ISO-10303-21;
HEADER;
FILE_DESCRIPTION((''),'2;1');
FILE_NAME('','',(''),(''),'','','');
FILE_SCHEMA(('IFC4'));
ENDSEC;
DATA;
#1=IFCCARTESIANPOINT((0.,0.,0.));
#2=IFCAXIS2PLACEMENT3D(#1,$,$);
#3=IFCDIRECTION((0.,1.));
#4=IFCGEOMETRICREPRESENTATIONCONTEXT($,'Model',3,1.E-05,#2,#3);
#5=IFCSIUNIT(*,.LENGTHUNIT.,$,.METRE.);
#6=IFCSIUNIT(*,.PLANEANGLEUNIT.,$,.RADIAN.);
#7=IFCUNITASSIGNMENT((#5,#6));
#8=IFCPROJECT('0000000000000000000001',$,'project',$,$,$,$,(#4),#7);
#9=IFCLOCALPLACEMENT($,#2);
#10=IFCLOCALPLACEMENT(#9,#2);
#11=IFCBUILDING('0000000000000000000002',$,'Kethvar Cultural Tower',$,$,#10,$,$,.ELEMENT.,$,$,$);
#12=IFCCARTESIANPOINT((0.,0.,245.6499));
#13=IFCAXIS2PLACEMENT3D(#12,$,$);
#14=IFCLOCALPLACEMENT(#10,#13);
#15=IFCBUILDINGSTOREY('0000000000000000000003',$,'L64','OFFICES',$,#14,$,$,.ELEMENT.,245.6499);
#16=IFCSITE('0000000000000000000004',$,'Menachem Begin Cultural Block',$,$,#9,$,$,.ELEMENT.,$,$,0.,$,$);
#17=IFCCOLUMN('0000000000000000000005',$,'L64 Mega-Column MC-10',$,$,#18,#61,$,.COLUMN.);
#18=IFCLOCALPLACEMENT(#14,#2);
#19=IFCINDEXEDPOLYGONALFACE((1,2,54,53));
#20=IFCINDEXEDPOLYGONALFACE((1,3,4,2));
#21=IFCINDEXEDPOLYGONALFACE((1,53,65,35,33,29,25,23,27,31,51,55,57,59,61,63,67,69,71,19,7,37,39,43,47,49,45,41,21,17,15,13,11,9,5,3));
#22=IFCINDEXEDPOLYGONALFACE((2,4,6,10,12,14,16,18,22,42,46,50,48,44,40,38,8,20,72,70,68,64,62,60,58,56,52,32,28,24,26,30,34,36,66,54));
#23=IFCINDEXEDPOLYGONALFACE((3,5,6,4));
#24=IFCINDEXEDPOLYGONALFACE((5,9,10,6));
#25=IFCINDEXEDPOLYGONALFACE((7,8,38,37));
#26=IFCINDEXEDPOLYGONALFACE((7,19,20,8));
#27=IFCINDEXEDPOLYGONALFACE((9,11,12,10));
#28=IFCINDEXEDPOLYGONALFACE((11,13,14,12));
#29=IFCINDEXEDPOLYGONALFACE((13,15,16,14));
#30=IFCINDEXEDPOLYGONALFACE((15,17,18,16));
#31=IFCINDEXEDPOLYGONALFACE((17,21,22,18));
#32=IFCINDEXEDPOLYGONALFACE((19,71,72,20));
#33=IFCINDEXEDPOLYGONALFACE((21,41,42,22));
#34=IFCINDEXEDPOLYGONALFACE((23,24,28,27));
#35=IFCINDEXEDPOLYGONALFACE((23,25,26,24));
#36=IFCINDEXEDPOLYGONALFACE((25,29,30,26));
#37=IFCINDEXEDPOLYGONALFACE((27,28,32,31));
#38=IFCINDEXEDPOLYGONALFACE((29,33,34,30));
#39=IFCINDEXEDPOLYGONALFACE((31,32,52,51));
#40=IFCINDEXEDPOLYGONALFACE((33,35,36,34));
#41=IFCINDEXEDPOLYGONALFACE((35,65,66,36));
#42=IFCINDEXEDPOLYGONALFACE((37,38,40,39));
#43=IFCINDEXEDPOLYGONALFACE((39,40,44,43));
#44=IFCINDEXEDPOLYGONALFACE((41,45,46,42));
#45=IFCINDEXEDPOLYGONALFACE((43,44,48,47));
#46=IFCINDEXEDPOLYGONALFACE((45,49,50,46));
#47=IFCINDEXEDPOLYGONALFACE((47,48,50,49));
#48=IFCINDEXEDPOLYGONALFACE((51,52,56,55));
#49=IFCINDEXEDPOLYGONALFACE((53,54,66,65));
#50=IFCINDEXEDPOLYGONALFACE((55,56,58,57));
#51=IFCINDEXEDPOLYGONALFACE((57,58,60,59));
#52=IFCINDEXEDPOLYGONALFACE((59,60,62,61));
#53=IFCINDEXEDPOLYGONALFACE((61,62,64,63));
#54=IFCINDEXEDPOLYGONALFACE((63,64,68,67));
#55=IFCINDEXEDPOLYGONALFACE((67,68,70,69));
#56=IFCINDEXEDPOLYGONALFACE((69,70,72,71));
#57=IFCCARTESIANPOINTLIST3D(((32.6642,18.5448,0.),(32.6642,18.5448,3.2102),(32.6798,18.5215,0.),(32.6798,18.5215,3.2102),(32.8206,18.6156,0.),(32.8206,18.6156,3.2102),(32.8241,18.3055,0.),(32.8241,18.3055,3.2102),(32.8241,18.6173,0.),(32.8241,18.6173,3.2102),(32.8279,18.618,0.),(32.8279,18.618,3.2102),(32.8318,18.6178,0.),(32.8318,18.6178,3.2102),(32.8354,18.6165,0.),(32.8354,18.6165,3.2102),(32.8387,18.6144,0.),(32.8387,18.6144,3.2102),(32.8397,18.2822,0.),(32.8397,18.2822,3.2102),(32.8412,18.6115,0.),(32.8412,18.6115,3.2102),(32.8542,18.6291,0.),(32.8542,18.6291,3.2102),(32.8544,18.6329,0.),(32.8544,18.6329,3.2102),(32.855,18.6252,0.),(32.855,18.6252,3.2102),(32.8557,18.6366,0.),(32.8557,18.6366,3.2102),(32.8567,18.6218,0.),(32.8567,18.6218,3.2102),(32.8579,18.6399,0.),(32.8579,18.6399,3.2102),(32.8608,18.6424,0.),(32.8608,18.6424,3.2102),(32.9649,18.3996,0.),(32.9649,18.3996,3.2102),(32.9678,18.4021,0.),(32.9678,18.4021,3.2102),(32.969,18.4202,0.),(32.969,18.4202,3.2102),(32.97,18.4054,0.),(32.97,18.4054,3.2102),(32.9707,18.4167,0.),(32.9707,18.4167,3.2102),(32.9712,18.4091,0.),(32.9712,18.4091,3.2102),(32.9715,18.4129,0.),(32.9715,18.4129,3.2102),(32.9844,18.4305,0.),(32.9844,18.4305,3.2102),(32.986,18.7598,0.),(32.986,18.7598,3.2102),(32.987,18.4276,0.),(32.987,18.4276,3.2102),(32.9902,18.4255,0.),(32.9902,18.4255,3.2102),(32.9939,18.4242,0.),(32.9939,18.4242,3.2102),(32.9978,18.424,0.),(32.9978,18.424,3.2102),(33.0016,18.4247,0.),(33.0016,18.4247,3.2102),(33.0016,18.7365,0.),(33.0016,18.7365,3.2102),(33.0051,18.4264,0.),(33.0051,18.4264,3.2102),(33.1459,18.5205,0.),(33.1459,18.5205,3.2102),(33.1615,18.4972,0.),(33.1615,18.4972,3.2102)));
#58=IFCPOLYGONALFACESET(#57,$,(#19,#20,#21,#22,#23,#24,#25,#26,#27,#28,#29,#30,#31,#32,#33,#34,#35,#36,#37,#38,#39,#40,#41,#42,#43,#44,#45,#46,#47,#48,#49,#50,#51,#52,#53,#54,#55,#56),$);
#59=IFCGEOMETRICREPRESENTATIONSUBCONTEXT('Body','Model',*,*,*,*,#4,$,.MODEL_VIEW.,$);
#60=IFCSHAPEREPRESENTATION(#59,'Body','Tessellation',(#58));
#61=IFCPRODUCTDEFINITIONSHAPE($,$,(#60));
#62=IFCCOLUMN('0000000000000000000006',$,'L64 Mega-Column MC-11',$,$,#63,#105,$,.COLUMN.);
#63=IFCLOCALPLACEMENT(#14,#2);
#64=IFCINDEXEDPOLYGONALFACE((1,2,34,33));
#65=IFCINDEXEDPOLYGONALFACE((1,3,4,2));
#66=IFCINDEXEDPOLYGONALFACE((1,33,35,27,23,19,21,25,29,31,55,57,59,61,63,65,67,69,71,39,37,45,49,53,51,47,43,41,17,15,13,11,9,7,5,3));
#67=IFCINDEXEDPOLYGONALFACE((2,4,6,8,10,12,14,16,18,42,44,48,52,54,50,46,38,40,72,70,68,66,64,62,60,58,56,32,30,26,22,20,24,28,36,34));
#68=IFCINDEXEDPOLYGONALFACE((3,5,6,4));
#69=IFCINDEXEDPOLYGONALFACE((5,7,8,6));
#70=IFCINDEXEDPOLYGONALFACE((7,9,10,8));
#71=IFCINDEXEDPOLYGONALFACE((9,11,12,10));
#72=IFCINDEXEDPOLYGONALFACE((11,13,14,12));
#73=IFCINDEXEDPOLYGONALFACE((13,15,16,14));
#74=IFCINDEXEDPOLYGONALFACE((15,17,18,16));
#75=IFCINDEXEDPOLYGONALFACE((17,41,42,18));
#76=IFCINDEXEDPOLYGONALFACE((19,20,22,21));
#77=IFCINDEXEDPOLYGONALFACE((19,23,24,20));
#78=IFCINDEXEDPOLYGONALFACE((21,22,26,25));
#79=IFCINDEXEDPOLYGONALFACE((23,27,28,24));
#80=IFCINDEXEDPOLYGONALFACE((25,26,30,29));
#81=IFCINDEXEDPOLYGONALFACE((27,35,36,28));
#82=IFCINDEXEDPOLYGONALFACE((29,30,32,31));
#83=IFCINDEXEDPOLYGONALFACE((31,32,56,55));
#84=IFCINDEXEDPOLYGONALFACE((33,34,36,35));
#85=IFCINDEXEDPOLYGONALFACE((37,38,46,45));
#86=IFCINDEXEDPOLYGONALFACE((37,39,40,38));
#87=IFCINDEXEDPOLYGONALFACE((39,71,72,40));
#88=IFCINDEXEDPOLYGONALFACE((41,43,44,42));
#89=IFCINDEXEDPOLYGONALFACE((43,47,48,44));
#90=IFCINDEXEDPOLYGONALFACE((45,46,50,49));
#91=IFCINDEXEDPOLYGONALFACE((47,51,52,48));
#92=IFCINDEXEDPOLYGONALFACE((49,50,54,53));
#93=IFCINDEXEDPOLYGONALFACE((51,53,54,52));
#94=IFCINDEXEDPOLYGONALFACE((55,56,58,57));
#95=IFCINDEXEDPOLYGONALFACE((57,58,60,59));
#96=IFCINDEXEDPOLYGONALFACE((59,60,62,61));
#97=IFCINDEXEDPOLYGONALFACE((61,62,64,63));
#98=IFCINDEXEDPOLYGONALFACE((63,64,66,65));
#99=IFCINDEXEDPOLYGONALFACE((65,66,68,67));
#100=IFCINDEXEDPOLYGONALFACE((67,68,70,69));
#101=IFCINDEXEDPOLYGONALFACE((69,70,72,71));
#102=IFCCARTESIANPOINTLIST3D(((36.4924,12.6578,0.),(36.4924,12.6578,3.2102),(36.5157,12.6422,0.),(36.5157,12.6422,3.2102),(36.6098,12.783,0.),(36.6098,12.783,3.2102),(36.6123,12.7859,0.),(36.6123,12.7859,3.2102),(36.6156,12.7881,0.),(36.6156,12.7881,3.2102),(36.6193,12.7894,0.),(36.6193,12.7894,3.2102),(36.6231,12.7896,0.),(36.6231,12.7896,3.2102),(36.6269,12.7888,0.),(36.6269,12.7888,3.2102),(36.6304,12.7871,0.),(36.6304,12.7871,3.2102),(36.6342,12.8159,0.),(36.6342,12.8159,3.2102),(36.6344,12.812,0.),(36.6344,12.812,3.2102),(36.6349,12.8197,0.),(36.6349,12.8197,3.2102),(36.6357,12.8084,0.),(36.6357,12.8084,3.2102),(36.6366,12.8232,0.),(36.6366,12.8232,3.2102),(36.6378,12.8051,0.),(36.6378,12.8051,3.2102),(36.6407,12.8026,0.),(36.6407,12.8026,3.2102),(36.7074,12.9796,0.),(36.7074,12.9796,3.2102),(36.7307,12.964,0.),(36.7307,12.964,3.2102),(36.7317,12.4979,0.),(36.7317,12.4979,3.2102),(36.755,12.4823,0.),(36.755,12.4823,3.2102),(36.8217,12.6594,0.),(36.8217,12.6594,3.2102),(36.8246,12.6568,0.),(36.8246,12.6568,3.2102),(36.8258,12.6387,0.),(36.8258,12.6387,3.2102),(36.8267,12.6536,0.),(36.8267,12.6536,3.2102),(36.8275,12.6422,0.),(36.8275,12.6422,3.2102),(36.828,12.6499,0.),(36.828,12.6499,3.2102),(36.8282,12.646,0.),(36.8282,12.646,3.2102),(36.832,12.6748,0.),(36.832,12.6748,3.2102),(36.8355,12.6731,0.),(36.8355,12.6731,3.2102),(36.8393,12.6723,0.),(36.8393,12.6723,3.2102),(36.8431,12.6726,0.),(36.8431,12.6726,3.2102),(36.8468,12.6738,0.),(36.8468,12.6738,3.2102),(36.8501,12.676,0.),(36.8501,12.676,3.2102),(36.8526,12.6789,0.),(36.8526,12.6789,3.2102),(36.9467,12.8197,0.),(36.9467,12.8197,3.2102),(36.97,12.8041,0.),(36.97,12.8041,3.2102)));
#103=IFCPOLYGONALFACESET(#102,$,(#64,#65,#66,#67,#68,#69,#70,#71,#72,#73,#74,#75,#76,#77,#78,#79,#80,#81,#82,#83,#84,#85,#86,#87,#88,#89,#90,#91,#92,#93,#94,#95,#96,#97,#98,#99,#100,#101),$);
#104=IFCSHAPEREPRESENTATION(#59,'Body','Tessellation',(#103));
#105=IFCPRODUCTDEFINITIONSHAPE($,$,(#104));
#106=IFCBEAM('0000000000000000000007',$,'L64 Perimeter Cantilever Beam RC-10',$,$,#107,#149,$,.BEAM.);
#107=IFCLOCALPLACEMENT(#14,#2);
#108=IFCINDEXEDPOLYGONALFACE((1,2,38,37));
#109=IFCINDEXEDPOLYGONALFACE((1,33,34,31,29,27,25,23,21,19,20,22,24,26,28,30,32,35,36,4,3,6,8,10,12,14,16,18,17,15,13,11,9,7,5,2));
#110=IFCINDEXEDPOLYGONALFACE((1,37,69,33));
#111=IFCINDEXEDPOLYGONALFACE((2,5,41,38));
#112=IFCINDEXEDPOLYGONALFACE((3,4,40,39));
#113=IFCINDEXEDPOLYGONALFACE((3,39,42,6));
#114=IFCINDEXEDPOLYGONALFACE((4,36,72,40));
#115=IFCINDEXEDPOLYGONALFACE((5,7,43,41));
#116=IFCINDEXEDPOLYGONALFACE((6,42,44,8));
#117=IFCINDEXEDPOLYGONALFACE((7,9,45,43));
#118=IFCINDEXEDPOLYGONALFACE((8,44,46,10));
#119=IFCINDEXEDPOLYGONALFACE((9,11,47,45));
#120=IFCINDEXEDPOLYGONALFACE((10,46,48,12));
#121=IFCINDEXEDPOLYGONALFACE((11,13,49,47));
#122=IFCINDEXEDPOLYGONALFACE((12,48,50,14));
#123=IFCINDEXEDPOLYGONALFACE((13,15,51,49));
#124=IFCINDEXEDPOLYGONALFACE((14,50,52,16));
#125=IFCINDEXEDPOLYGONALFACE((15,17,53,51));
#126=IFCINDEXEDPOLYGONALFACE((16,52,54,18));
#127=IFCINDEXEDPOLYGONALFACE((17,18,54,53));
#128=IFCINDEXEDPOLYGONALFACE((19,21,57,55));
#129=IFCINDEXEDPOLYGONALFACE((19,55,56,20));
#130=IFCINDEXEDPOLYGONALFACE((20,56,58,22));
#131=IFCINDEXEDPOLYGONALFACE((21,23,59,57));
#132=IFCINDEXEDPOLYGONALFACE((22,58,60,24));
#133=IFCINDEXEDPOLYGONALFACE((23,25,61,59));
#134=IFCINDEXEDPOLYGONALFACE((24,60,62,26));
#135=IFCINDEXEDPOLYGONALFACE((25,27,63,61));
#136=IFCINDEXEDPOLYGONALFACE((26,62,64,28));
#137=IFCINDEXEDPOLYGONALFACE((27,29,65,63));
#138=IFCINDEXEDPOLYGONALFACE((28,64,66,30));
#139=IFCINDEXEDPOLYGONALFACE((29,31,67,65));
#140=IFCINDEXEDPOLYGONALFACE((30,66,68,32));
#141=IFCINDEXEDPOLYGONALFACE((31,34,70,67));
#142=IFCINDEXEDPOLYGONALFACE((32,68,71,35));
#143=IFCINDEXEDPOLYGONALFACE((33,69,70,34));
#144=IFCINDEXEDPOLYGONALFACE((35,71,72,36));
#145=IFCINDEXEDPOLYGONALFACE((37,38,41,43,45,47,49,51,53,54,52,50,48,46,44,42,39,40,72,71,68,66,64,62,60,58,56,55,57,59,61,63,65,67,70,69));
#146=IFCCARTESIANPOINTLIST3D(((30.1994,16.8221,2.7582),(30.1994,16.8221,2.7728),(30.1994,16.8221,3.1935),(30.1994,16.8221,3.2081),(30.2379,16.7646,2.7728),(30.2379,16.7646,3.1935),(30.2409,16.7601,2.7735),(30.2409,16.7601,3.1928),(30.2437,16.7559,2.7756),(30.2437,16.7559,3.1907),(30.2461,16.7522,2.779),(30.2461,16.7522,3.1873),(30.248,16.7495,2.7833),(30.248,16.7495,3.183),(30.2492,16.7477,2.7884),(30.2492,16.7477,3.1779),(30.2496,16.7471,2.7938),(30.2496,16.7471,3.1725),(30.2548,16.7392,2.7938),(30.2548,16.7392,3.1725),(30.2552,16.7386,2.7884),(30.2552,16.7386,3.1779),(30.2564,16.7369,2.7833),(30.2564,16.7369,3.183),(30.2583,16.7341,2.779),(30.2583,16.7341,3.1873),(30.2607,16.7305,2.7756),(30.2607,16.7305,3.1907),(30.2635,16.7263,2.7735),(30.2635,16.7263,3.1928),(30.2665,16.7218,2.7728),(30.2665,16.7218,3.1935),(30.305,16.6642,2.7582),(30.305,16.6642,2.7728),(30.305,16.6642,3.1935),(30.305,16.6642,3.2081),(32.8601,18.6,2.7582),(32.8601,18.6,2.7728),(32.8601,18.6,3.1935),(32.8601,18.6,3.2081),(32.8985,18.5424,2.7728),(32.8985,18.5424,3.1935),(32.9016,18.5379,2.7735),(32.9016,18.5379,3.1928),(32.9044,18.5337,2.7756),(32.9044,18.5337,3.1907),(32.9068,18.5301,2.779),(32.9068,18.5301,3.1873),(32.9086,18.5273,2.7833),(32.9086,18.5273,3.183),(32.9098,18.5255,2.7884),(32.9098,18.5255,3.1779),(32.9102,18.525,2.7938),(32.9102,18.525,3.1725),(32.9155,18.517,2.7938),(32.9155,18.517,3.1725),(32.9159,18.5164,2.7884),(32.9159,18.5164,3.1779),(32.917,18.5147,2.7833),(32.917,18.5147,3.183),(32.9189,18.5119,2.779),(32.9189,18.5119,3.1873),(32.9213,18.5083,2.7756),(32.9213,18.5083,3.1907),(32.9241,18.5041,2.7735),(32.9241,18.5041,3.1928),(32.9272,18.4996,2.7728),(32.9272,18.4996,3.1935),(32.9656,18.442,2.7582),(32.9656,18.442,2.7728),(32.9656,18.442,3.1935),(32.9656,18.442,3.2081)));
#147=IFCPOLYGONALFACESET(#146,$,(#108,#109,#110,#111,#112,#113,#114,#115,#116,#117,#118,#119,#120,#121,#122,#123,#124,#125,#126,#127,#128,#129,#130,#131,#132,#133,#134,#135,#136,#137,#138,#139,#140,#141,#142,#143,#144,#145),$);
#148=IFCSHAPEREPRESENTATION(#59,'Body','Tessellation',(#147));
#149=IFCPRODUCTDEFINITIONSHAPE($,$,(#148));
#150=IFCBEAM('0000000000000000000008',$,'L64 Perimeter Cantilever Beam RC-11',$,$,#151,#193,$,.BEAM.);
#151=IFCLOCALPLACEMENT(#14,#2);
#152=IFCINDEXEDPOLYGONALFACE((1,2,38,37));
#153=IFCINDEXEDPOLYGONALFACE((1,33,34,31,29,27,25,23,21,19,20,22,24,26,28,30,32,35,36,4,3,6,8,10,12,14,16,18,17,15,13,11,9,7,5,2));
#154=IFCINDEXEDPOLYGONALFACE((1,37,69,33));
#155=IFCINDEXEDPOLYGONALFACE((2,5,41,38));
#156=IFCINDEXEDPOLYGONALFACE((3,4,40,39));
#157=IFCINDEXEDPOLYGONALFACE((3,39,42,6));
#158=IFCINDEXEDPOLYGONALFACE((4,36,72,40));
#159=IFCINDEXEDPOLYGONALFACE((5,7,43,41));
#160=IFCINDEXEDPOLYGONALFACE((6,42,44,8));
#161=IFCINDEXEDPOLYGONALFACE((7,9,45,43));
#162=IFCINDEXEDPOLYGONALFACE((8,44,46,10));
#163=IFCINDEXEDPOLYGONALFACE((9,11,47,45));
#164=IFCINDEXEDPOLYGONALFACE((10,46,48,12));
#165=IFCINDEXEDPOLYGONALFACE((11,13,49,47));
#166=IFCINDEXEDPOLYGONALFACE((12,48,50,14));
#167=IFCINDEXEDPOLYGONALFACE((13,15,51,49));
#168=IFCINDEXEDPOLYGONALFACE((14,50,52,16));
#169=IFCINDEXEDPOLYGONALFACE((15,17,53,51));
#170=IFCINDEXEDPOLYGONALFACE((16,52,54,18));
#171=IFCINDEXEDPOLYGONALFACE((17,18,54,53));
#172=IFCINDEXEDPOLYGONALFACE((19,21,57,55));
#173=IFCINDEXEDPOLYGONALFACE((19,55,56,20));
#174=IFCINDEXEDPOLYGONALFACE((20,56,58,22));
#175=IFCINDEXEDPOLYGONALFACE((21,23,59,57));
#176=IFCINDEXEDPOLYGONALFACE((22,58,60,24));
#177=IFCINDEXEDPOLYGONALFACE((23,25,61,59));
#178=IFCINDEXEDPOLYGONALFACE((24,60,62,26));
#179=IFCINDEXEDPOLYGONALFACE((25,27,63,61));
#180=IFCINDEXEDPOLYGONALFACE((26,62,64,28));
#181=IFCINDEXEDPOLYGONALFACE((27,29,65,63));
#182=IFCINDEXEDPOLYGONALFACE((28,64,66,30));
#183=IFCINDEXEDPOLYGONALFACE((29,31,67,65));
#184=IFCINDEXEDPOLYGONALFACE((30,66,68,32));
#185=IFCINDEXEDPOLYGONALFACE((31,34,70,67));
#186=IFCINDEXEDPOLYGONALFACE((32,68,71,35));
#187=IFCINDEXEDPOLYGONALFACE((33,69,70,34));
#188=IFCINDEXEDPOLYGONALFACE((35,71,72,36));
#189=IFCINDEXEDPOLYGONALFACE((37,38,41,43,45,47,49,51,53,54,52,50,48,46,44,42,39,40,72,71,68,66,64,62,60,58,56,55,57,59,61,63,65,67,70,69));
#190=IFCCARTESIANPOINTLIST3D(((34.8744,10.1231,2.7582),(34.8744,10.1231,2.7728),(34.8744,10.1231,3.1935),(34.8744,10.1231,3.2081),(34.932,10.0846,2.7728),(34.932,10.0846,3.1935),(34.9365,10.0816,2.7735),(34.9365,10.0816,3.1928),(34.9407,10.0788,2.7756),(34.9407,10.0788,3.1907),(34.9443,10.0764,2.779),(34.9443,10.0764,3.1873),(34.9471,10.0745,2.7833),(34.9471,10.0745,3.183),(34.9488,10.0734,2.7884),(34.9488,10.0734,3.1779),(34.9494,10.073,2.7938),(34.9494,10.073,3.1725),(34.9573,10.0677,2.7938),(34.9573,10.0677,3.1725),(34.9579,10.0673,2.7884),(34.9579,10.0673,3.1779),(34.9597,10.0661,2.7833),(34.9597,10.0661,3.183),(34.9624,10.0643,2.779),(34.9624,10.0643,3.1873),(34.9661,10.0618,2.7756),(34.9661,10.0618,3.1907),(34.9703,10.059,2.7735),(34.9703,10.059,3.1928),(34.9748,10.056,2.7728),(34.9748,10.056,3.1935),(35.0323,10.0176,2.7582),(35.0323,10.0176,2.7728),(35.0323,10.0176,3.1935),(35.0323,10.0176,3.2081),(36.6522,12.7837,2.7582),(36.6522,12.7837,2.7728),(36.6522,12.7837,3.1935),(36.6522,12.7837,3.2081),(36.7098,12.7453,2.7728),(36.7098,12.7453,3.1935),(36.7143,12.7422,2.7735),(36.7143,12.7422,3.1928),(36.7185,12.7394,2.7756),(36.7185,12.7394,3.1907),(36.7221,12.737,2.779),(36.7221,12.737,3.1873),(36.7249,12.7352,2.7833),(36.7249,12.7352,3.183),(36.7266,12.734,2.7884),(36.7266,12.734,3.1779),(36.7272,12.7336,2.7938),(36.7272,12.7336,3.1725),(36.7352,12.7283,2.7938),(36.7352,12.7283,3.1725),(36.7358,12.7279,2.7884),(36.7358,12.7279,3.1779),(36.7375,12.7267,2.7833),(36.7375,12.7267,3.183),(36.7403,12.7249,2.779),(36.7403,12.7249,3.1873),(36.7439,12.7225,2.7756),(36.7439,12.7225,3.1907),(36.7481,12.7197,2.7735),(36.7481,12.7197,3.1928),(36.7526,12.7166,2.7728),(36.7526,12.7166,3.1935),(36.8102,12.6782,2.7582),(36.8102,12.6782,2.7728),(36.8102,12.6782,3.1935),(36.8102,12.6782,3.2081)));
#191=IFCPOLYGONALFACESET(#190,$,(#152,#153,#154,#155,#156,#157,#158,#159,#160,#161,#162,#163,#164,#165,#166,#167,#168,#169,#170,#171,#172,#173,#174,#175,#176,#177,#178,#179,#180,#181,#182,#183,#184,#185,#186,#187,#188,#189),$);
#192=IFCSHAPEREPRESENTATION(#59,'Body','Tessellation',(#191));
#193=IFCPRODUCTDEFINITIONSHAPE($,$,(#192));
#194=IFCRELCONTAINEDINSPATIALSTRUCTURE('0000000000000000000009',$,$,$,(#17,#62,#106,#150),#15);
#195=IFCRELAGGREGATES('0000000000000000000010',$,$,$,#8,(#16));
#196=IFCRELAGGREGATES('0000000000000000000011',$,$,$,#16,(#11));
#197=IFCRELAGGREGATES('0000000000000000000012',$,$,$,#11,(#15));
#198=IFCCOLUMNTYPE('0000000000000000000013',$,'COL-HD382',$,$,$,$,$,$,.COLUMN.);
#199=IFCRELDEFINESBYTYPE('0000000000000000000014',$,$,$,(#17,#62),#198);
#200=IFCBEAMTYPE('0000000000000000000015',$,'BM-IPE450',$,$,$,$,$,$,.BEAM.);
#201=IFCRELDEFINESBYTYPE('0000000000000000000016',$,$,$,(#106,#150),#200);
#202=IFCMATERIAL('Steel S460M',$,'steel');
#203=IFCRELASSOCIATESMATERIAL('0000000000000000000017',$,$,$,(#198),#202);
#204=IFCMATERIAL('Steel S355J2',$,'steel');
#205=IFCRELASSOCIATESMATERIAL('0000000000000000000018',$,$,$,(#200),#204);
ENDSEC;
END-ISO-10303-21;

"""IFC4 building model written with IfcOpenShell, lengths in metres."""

from ifc_helpers import new_model, si_unit, direction, frame, origin, origin_2d, place, context, subcontext, project, spatial, i_section, extrude, source, transform, mapped, material, material_profile, profile_set, type_object, element, save


model = new_model("IFC4")

# Units and contexts
model_context = context("Model", 3, precision=1e-05, world=origin(), true_north=direction((0.0, 1.0)))
body_context = subcontext(model_context, "Body", "Model", "MODEL_VIEW")
ifc_project = project(units=[si_unit("LENGTHUNIT", "METRE"), si_unit("PLANEANGLEUNIT", "RADIAN")], contexts=[model_context])

# Site, building, storey
site_placement = place(None, origin())
site = spatial("IfcSite", under=ifc_project, at=site_placement, Name="Menachem Begin Cultural Block", CompositionType="ELEMENT", RefElevation=0.0)
building_placement = place(site_placement, origin())
building = spatial("IfcBuilding", under=site, at=building_placement, Name="Kethvar Cultural Tower", CompositionType="ELEMENT")
storey_placement = place(building_placement, frame((0.0, 0.0, 245.6499)))
storey = spatial("IfcBuildingStorey", under=building, at=storey_placement, Name="L64", Description="OFFICES", CompositionType="ELEMENT", Elevation=245.6499)

# Columns
ifc_material_1 = material(Name="Steel S460M", Category="steel")
ifc_material_profile_1 = material_profile(ifc_material_1, i_section(OverallWidth=0.387, OverallDepth=0.3159, WebThickness=0.0186, FlangeThickness=0.0281, FilletRadius=0.0149, at=origin_2d()), Name="Steel S460M — HD400x382")
ifc_profile_set_1 = profile_set([ifc_material_profile_1], Name="Steel S460M — HD400x382")
column_type = type_object("IfcColumnType", Name="COL-HD382", PredefinedType="COLUMN", material=ifc_profile_set_1)
shared_shape_1 = source(origin(), body_context, "Body", "SweptSolid", [
    extrude(i_section(OverallWidth=0.387, OverallDepth=0.3159, WebThickness=0.0186, FlangeThickness=0.0281, FilletRadius=0.0149, at=origin_2d()), origin(), (0.0, 0.0, 1.0), 3.2102),
])
for number, where, z_axis, x_axis, name in (
    (1, (32.9128, 18.521, 0.0), (0.0, 0.0, 1.0), (-0.83147, -0.55557, 0.0), "L64 Mega-Column MC-10"),
    (2, (36.7312, 12.731, 0.0), (0.0, 0.0, 1.0), (-0.55557, -0.83147, 0.0), "L64 Mega-Column MC-11"),
):
    element("IfcColumn", number, at=place(storey_placement, frame(where, z_axis=z_axis, x_axis=x_axis)), inside=storey, type_object=column_type, Name=name, PredefinedType="COLUMN", context=body_context, shape_type="MappedRepresentation", body=[
        mapped(shared_shape_1, transform((0.0, 0.0, 0.0), scale=1.0)),
    ])

# Beams
ifc_material_2 = material(Name="Steel S355J2", Category="steel")
ifc_material_profile_2 = material_profile(ifc_material_2, i_section(OverallWidth=0.1899, OverallDepth=0.45, WebThickness=0.0095, FlangeThickness=0.0146, FilletRadius=0.021, at=origin_2d()), Name="Steel S355J2 — IPE450")
ifc_profile_set_2 = profile_set([ifc_material_profile_2], Name="Steel S355J2 — IPE450")
beam_type_1 = type_object("IfcBeamType", Name="BM-IPE450", PredefinedType="BEAM", material=ifc_profile_set_2)
shared_shape_2 = source(origin(), body_context, "Body", "SweptSolid", [
    extrude(i_section(OverallWidth=0.1899, OverallDepth=0.45, WebThickness=0.0095, FlangeThickness=0.0146, FilletRadius=0.021, at=origin_2d()), origin(), (0.0, 0.0, 1.0), 3.2),
])
for number, where, z_axis, x_axis, name in (
    (3, (32.9128, 18.521, 2.9832), (-0.831463, -0.55558, 0.0), (0.55558, -0.831463, 0.0), "L64 Perimeter Cantilever Beam RC-10"),
    (4, (36.7312, 12.731, 2.9832), (-0.55558, -0.831463, 0.0), (0.831463, -0.55558, 0.0), "L64 Perimeter Cantilever Beam RC-11"),
):
    element("IfcBeam", number, at=place(storey_placement, frame(where, z_axis=z_axis, x_axis=x_axis)), inside=storey, type_object=beam_type_1, Name=name, PredefinedType="BEAM", context=body_context, shape_type="MappedRepresentation", body=[
        mapped(shared_shape_2, transform((0.0, 0.0, 0.0), scale=1.0)),
    ])

save(model, "model.ifc")
